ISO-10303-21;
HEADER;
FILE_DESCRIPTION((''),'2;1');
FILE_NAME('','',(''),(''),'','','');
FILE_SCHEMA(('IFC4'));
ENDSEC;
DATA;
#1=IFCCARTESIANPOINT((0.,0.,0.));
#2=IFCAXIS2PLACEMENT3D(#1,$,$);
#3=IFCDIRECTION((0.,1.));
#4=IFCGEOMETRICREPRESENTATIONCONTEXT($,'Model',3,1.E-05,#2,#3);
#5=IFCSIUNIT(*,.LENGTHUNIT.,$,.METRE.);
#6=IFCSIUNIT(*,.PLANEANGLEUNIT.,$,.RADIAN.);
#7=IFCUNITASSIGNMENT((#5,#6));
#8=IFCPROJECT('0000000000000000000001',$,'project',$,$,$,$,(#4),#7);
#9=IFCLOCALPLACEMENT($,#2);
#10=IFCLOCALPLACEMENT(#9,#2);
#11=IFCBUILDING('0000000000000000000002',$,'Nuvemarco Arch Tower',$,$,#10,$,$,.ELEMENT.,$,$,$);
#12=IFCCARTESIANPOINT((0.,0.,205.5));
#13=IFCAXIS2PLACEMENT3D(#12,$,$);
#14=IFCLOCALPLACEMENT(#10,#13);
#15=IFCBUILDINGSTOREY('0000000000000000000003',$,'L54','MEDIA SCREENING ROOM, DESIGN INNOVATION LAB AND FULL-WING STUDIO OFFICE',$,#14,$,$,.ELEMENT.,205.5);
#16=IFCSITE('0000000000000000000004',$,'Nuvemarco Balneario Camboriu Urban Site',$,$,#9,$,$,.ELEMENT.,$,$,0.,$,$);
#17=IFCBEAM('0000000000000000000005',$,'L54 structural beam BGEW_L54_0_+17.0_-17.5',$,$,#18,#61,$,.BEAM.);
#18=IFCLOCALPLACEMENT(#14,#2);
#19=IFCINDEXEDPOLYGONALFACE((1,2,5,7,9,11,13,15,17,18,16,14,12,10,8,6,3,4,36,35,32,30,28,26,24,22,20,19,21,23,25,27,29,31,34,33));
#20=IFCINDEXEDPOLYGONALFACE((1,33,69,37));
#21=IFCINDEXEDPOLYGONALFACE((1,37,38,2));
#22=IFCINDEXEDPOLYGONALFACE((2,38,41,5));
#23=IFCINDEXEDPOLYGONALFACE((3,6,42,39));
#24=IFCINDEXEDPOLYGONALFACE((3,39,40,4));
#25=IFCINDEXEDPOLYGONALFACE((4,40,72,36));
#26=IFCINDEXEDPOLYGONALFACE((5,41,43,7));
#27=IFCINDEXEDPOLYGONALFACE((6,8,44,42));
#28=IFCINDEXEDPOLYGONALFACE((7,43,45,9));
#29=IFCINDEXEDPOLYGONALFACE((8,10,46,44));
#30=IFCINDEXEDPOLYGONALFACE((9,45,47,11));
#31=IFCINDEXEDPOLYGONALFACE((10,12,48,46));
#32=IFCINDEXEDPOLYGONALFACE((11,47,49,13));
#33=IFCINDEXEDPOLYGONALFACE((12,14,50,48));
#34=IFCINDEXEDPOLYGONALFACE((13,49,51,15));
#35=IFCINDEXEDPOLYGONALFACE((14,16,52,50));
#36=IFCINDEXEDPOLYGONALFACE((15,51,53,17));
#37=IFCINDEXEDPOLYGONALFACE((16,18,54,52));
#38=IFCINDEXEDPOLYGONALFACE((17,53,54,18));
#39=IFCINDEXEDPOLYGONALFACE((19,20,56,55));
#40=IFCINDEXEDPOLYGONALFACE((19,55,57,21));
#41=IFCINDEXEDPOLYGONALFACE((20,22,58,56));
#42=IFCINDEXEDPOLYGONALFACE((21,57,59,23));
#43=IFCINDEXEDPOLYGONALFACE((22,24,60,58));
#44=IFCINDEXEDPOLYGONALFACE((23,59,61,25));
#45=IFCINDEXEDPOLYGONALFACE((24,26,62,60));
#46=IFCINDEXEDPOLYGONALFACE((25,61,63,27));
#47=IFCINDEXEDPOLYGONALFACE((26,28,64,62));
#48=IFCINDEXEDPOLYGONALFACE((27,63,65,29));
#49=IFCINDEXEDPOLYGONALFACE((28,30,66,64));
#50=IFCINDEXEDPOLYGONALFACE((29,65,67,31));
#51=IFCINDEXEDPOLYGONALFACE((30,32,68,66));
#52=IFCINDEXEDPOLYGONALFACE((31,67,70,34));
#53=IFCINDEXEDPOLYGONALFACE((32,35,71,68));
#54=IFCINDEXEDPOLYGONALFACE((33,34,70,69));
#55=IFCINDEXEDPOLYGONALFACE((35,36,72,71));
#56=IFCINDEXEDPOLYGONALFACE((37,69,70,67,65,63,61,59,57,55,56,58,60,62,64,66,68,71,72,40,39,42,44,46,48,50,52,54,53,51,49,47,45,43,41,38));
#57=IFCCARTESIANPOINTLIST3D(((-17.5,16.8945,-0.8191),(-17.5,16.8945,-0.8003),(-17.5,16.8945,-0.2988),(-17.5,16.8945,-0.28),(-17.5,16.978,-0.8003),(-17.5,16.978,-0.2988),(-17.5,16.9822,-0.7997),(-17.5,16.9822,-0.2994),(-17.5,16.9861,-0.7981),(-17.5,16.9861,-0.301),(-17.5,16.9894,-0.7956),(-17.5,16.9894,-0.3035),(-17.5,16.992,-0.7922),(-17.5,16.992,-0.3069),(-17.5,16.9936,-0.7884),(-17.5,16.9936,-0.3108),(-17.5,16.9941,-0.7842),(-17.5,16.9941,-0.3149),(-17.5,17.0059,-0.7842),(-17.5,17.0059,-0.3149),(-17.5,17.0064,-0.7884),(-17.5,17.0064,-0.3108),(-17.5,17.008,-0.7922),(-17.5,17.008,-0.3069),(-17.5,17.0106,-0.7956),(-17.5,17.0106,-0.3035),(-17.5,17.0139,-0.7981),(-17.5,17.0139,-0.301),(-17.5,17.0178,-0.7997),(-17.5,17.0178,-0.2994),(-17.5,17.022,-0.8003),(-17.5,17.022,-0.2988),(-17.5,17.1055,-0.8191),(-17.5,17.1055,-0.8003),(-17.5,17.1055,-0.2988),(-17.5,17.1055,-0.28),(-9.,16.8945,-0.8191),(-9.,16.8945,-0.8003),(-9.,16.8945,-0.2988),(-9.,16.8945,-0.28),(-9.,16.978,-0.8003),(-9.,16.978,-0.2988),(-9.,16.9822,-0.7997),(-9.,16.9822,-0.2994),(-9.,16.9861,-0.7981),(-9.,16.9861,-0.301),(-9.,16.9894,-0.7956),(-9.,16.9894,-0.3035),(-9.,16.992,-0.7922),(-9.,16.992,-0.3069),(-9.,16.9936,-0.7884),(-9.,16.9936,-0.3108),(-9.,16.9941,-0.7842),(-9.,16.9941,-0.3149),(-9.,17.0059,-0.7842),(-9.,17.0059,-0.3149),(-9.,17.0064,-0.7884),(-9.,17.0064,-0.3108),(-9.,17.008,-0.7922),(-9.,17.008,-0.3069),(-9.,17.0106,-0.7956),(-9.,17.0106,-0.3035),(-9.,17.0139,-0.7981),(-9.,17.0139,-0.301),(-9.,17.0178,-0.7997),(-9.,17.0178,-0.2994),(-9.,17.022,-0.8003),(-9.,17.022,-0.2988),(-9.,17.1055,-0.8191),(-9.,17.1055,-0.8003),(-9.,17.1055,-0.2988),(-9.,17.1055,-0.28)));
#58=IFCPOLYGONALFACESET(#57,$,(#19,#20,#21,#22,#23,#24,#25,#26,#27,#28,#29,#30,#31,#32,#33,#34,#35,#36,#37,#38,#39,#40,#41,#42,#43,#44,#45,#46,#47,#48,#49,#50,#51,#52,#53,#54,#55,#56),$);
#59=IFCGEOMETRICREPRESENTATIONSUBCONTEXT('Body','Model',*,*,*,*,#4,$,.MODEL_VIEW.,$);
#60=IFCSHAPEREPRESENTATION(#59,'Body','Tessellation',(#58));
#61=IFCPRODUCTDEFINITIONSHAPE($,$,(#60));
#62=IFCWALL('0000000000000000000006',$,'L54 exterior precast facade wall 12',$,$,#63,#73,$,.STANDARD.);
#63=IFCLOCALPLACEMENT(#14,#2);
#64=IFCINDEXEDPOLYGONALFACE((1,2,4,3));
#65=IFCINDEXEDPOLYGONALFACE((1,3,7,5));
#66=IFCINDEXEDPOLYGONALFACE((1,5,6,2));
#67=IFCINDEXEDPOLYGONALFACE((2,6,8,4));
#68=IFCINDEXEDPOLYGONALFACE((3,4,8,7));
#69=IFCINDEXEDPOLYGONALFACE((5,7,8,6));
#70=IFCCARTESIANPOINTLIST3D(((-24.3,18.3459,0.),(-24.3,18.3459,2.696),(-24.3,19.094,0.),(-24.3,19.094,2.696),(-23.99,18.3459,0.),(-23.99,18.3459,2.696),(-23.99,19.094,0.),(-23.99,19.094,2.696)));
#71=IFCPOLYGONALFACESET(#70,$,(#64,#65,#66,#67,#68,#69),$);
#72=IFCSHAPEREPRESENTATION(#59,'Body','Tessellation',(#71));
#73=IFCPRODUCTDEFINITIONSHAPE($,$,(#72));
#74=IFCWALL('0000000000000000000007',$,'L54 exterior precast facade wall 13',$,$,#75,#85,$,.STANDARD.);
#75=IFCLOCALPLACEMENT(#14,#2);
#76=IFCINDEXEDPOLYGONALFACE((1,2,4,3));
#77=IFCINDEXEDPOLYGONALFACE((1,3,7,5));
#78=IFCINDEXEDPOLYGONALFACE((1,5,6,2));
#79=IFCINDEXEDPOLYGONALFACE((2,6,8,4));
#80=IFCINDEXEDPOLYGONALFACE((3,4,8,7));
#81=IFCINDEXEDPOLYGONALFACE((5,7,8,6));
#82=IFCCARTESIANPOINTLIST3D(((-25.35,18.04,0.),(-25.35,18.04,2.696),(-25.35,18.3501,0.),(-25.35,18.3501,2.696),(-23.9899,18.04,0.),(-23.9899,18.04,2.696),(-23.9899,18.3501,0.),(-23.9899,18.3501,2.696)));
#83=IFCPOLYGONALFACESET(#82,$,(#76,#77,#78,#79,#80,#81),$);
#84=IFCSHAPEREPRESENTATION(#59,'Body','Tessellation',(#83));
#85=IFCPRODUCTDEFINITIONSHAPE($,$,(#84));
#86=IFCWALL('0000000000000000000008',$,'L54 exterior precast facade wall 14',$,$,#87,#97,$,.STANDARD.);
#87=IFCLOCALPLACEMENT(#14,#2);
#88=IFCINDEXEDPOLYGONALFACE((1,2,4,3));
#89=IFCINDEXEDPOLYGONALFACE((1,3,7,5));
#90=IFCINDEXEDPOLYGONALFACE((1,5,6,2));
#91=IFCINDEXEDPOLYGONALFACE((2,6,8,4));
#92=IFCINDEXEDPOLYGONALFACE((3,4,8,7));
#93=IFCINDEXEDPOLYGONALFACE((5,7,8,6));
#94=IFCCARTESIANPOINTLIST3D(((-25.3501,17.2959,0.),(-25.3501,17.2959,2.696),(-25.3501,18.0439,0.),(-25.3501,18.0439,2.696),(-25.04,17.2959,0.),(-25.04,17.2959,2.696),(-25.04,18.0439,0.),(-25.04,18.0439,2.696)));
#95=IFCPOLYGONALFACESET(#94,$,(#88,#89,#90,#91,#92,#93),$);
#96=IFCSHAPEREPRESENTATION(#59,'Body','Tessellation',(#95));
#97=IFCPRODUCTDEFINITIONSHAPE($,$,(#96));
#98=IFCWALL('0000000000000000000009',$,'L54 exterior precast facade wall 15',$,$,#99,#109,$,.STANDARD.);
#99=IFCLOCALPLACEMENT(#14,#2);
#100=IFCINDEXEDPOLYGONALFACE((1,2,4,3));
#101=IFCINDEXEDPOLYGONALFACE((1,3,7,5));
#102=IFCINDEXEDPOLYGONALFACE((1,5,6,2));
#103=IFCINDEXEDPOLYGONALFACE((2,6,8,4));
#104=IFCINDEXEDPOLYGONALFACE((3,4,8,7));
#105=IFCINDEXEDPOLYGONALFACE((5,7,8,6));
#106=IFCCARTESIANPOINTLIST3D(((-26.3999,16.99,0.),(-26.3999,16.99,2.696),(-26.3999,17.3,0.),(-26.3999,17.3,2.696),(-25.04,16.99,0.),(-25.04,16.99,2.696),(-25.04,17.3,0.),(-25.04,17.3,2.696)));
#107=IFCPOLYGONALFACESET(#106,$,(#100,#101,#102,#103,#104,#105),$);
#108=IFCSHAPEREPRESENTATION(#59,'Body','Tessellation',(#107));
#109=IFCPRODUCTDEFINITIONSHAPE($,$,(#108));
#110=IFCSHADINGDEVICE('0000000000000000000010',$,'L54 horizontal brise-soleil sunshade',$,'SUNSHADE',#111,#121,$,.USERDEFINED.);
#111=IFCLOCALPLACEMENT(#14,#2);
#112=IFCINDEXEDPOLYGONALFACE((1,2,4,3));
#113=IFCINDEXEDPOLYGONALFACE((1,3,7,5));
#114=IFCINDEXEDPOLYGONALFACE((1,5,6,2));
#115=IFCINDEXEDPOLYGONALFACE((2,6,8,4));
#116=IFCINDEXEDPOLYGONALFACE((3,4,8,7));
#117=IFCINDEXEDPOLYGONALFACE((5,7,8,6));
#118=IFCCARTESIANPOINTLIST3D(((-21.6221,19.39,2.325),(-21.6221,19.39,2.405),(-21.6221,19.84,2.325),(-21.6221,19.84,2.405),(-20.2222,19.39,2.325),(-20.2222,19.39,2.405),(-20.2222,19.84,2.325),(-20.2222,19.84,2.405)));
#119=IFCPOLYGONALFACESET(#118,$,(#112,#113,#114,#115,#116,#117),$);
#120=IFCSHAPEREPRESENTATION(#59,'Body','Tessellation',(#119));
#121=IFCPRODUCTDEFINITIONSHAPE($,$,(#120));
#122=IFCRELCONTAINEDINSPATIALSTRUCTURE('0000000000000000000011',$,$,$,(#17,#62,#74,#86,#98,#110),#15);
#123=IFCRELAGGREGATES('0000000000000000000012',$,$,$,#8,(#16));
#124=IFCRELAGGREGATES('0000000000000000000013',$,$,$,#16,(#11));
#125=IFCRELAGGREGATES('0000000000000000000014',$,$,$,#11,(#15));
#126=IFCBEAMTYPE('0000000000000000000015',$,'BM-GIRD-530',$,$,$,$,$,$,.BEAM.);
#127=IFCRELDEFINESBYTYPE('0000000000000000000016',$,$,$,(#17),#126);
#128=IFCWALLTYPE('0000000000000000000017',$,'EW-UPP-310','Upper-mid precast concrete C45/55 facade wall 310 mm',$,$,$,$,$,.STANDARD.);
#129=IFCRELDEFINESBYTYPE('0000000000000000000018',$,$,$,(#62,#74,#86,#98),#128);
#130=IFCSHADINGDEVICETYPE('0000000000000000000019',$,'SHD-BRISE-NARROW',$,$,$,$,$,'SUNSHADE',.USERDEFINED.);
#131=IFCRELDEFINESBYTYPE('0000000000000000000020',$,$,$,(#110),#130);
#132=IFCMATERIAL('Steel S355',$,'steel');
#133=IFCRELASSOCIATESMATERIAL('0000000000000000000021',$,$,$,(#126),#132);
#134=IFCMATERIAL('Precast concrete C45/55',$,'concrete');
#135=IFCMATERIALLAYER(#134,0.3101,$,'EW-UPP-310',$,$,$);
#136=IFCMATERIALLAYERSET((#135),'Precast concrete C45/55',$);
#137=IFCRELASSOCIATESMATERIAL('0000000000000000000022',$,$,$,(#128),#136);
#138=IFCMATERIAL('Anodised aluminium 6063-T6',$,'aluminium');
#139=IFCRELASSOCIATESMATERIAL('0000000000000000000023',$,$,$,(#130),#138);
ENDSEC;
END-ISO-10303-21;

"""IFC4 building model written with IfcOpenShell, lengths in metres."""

from ifc_helpers import new_model, si_unit, direction, frame, frame_2d, origin, origin_2d, place, context, subcontext, project, spatial, rectangle, i_section, extrude, source, transform, mapped, material, layer, layer_set, material_profile, profile_set, type_object, type_shapes, element, save


model = new_model("IFC4")

# Units and contexts
model_context = context("Model", 3, precision=1e-05, world=origin(), true_north=direction((0.0, 1.0)))
body_context = subcontext(model_context, "Body", "Model", "MODEL_VIEW")
ifc_project = project(units=[si_unit("LENGTHUNIT", "METRE"), si_unit("PLANEANGLEUNIT", "RADIAN")], contexts=[model_context])

# Site, building, storey
site_placement = place(None, origin())
site = spatial("IfcSite", under=ifc_project, at=site_placement, Name="Nuvemarco Balneario Camboriu Urban Site", CompositionType="ELEMENT", RefElevation=0.0)
building_placement = place(site_placement, origin())
building = spatial("IfcBuilding", under=site, at=building_placement, Name="Nuvemarco Arch Tower", CompositionType="ELEMENT")
storey_placement = place(building_placement, frame((0.0, 0.0, 205.5)))
storey = spatial("IfcBuildingStorey", under=building, at=storey_placement, Name="L54", Description="MEDIA SCREENING ROOM, DESIGN INNOVATION LAB AND FULL-WING STUDIO OFFICE", CompositionType="ELEMENT", Elevation=205.5)

# Shared definitions
ifc_material_1 = material(Name="Steel S355", Category="steel")

# Beam
ifc_material_profile_1 = material_profile(ifc_material_1, i_section(OverallWidth=0.2109, OverallDepth=0.5391, WebThickness=0.0117, FlangeThickness=0.0188, FilletRadius=0.0161, at=origin_2d()), Name="W530x109")
ifc_profile_set_1 = profile_set([ifc_material_profile_1], Name="Steel S355")
beam_type = type_object("IfcBeamType", Name="BM-GIRD-530", PredefinedType="BEAM", material=ifc_profile_set_1)
beam_1_placement = place(storey_placement, frame((-17.5, 17.0, -0.5496), z_axis=(1.0, 0.0, 0.0), x_axis=(0.0, 1.0, 0.0)))
element("IfcBeam", 1, at=beam_1_placement, inside=storey, type_object=beam_type, Name="L54 structural beam BGEW_L54_0_+17.0_-17.5", PredefinedType="BEAM", context=body_context, shape_type="SweptSolid", body=[
    extrude(i_section(OverallWidth=0.2109, OverallDepth=0.5391, WebThickness=0.0117, FlangeThickness=0.0188, FilletRadius=0.0161, at=origin_2d()), origin(), (0.0, 0.0, 1.0), 8.5),
])

# Shared definitions
ifc_material_2 = material(Name="Precast concrete C45/55", Category="concrete")
ifc_layer = layer(ifc_material_2, 0.3101, Name="EW-UPP-310")
ifc_layer_set = layer_set([ifc_layer], Name="Precast concrete C45/55")
wall_type = type_object("IfcWallType", Name="EW-UPP-310", Description="Upper-mid precast concrete C45/55 facade wall 310 mm", PredefinedType="STANDARD", material=ifc_layer_set)

# Walls
wall_1_placement = place(storey_placement, frame((-24.145, 18.3459, 0.0), z_axis=(0.0, 0.0, 1.0), x_axis=(0.0, 1.0, 0.0)))
element("IfcWall", 2, at=wall_1_placement, inside=storey, type_object=wall_type, Name="L54 exterior precast facade wall 12", PredefinedType="STANDARD", context=body_context, shape_type="SweptSolid", body=[
    extrude(rectangle(XDim=0.748, YDim=0.3101, at=frame_2d((0.374, 0.0))), origin(), (0.0, 0.0, 1.0), 2.696),
])
wall_2_placement = place(storey_placement, frame((-25.3501, 18.1951, 0.0), z_axis=(0.0, 0.0, 1.0), x_axis=(1.0, 0.0, 0.0)))
element("IfcWall", 3, at=wall_2_placement, inside=storey, type_object=wall_type, Name="L54 exterior precast facade wall 13", PredefinedType="STANDARD", context=body_context, shape_type="SweptSolid", body=[
    extrude(rectangle(XDim=1.3601, YDim=0.3101, at=frame_2d((0.6802, 0.0))), origin(), (0.0, 0.0, 1.0), 2.696),
])
wall_3_placement = place(storey_placement, frame((-25.1951, 17.2959, 0.0), z_axis=(0.0, 0.0, 1.0), x_axis=(0.0, 1.0, 0.0)))
element("IfcWall", 4, at=wall_3_placement, inside=storey, type_object=wall_type, Name="L54 exterior precast facade wall 14", PredefinedType="STANDARD", context=body_context, shape_type="SweptSolid", body=[
    extrude(rectangle(XDim=0.748, YDim=0.3101, at=frame_2d((0.374, 0.0))), origin(), (0.0, 0.0, 1.0), 2.696),
])
wall_4_placement = place(storey_placement, frame((-26.3999, 17.145, 0.0), z_axis=(0.0, 0.0, 1.0), x_axis=(1.0, 0.0, 0.0)))
element("IfcWall", 5, at=wall_4_placement, inside=storey, type_object=wall_type, Name="L54 exterior precast facade wall 15", PredefinedType="STANDARD", context=body_context, shape_type="SweptSolid", body=[
    extrude(rectangle(XDim=1.3599, YDim=0.3101, at=frame_2d((0.6799, 0.0))), origin(), (0.0, 0.0, 1.0), 2.696),
])

# Shading device
ifc_material_3 = material(Name="Anodised aluminium 6063-T6", Category="aluminium")
shading_device_type = type_object("IfcShadingDeviceType", Name="SHD-BRISE-NARROW", ElementType="SUNSHADE", PredefinedType="USERDEFINED", material=ifc_material_3)
shared_shape_1 = source(origin(), body_context, "Body", "SweptSolid", [
    extrude(rectangle(XDim=1.3999, YDim=0.45, at=origin_2d()), origin(), (0.0, 0.0, 1.0), 0.0801),
])
type_shapes(shading_device_type, [shared_shape_1])
shading_device_placement = place(storey_placement, frame((-20.9221, 19.615, 2.325), z_axis=(0.0, 0.0, 1.0), x_axis=(1.0, 0.0, 0.0)))
element("IfcShadingDevice", 6, at=shading_device_placement, inside=storey, type_object=shading_device_type, Name="L54 horizontal brise-soleil sunshade", ObjectType="SUNSHADE", PredefinedType="USERDEFINED", context=body_context, shape_type="MappedRepresentation", body=[
    mapped(shared_shape_1, transform((0.0, 0.0, 0.0), scale=1.0)),
])

save(model, "model.ifc")
